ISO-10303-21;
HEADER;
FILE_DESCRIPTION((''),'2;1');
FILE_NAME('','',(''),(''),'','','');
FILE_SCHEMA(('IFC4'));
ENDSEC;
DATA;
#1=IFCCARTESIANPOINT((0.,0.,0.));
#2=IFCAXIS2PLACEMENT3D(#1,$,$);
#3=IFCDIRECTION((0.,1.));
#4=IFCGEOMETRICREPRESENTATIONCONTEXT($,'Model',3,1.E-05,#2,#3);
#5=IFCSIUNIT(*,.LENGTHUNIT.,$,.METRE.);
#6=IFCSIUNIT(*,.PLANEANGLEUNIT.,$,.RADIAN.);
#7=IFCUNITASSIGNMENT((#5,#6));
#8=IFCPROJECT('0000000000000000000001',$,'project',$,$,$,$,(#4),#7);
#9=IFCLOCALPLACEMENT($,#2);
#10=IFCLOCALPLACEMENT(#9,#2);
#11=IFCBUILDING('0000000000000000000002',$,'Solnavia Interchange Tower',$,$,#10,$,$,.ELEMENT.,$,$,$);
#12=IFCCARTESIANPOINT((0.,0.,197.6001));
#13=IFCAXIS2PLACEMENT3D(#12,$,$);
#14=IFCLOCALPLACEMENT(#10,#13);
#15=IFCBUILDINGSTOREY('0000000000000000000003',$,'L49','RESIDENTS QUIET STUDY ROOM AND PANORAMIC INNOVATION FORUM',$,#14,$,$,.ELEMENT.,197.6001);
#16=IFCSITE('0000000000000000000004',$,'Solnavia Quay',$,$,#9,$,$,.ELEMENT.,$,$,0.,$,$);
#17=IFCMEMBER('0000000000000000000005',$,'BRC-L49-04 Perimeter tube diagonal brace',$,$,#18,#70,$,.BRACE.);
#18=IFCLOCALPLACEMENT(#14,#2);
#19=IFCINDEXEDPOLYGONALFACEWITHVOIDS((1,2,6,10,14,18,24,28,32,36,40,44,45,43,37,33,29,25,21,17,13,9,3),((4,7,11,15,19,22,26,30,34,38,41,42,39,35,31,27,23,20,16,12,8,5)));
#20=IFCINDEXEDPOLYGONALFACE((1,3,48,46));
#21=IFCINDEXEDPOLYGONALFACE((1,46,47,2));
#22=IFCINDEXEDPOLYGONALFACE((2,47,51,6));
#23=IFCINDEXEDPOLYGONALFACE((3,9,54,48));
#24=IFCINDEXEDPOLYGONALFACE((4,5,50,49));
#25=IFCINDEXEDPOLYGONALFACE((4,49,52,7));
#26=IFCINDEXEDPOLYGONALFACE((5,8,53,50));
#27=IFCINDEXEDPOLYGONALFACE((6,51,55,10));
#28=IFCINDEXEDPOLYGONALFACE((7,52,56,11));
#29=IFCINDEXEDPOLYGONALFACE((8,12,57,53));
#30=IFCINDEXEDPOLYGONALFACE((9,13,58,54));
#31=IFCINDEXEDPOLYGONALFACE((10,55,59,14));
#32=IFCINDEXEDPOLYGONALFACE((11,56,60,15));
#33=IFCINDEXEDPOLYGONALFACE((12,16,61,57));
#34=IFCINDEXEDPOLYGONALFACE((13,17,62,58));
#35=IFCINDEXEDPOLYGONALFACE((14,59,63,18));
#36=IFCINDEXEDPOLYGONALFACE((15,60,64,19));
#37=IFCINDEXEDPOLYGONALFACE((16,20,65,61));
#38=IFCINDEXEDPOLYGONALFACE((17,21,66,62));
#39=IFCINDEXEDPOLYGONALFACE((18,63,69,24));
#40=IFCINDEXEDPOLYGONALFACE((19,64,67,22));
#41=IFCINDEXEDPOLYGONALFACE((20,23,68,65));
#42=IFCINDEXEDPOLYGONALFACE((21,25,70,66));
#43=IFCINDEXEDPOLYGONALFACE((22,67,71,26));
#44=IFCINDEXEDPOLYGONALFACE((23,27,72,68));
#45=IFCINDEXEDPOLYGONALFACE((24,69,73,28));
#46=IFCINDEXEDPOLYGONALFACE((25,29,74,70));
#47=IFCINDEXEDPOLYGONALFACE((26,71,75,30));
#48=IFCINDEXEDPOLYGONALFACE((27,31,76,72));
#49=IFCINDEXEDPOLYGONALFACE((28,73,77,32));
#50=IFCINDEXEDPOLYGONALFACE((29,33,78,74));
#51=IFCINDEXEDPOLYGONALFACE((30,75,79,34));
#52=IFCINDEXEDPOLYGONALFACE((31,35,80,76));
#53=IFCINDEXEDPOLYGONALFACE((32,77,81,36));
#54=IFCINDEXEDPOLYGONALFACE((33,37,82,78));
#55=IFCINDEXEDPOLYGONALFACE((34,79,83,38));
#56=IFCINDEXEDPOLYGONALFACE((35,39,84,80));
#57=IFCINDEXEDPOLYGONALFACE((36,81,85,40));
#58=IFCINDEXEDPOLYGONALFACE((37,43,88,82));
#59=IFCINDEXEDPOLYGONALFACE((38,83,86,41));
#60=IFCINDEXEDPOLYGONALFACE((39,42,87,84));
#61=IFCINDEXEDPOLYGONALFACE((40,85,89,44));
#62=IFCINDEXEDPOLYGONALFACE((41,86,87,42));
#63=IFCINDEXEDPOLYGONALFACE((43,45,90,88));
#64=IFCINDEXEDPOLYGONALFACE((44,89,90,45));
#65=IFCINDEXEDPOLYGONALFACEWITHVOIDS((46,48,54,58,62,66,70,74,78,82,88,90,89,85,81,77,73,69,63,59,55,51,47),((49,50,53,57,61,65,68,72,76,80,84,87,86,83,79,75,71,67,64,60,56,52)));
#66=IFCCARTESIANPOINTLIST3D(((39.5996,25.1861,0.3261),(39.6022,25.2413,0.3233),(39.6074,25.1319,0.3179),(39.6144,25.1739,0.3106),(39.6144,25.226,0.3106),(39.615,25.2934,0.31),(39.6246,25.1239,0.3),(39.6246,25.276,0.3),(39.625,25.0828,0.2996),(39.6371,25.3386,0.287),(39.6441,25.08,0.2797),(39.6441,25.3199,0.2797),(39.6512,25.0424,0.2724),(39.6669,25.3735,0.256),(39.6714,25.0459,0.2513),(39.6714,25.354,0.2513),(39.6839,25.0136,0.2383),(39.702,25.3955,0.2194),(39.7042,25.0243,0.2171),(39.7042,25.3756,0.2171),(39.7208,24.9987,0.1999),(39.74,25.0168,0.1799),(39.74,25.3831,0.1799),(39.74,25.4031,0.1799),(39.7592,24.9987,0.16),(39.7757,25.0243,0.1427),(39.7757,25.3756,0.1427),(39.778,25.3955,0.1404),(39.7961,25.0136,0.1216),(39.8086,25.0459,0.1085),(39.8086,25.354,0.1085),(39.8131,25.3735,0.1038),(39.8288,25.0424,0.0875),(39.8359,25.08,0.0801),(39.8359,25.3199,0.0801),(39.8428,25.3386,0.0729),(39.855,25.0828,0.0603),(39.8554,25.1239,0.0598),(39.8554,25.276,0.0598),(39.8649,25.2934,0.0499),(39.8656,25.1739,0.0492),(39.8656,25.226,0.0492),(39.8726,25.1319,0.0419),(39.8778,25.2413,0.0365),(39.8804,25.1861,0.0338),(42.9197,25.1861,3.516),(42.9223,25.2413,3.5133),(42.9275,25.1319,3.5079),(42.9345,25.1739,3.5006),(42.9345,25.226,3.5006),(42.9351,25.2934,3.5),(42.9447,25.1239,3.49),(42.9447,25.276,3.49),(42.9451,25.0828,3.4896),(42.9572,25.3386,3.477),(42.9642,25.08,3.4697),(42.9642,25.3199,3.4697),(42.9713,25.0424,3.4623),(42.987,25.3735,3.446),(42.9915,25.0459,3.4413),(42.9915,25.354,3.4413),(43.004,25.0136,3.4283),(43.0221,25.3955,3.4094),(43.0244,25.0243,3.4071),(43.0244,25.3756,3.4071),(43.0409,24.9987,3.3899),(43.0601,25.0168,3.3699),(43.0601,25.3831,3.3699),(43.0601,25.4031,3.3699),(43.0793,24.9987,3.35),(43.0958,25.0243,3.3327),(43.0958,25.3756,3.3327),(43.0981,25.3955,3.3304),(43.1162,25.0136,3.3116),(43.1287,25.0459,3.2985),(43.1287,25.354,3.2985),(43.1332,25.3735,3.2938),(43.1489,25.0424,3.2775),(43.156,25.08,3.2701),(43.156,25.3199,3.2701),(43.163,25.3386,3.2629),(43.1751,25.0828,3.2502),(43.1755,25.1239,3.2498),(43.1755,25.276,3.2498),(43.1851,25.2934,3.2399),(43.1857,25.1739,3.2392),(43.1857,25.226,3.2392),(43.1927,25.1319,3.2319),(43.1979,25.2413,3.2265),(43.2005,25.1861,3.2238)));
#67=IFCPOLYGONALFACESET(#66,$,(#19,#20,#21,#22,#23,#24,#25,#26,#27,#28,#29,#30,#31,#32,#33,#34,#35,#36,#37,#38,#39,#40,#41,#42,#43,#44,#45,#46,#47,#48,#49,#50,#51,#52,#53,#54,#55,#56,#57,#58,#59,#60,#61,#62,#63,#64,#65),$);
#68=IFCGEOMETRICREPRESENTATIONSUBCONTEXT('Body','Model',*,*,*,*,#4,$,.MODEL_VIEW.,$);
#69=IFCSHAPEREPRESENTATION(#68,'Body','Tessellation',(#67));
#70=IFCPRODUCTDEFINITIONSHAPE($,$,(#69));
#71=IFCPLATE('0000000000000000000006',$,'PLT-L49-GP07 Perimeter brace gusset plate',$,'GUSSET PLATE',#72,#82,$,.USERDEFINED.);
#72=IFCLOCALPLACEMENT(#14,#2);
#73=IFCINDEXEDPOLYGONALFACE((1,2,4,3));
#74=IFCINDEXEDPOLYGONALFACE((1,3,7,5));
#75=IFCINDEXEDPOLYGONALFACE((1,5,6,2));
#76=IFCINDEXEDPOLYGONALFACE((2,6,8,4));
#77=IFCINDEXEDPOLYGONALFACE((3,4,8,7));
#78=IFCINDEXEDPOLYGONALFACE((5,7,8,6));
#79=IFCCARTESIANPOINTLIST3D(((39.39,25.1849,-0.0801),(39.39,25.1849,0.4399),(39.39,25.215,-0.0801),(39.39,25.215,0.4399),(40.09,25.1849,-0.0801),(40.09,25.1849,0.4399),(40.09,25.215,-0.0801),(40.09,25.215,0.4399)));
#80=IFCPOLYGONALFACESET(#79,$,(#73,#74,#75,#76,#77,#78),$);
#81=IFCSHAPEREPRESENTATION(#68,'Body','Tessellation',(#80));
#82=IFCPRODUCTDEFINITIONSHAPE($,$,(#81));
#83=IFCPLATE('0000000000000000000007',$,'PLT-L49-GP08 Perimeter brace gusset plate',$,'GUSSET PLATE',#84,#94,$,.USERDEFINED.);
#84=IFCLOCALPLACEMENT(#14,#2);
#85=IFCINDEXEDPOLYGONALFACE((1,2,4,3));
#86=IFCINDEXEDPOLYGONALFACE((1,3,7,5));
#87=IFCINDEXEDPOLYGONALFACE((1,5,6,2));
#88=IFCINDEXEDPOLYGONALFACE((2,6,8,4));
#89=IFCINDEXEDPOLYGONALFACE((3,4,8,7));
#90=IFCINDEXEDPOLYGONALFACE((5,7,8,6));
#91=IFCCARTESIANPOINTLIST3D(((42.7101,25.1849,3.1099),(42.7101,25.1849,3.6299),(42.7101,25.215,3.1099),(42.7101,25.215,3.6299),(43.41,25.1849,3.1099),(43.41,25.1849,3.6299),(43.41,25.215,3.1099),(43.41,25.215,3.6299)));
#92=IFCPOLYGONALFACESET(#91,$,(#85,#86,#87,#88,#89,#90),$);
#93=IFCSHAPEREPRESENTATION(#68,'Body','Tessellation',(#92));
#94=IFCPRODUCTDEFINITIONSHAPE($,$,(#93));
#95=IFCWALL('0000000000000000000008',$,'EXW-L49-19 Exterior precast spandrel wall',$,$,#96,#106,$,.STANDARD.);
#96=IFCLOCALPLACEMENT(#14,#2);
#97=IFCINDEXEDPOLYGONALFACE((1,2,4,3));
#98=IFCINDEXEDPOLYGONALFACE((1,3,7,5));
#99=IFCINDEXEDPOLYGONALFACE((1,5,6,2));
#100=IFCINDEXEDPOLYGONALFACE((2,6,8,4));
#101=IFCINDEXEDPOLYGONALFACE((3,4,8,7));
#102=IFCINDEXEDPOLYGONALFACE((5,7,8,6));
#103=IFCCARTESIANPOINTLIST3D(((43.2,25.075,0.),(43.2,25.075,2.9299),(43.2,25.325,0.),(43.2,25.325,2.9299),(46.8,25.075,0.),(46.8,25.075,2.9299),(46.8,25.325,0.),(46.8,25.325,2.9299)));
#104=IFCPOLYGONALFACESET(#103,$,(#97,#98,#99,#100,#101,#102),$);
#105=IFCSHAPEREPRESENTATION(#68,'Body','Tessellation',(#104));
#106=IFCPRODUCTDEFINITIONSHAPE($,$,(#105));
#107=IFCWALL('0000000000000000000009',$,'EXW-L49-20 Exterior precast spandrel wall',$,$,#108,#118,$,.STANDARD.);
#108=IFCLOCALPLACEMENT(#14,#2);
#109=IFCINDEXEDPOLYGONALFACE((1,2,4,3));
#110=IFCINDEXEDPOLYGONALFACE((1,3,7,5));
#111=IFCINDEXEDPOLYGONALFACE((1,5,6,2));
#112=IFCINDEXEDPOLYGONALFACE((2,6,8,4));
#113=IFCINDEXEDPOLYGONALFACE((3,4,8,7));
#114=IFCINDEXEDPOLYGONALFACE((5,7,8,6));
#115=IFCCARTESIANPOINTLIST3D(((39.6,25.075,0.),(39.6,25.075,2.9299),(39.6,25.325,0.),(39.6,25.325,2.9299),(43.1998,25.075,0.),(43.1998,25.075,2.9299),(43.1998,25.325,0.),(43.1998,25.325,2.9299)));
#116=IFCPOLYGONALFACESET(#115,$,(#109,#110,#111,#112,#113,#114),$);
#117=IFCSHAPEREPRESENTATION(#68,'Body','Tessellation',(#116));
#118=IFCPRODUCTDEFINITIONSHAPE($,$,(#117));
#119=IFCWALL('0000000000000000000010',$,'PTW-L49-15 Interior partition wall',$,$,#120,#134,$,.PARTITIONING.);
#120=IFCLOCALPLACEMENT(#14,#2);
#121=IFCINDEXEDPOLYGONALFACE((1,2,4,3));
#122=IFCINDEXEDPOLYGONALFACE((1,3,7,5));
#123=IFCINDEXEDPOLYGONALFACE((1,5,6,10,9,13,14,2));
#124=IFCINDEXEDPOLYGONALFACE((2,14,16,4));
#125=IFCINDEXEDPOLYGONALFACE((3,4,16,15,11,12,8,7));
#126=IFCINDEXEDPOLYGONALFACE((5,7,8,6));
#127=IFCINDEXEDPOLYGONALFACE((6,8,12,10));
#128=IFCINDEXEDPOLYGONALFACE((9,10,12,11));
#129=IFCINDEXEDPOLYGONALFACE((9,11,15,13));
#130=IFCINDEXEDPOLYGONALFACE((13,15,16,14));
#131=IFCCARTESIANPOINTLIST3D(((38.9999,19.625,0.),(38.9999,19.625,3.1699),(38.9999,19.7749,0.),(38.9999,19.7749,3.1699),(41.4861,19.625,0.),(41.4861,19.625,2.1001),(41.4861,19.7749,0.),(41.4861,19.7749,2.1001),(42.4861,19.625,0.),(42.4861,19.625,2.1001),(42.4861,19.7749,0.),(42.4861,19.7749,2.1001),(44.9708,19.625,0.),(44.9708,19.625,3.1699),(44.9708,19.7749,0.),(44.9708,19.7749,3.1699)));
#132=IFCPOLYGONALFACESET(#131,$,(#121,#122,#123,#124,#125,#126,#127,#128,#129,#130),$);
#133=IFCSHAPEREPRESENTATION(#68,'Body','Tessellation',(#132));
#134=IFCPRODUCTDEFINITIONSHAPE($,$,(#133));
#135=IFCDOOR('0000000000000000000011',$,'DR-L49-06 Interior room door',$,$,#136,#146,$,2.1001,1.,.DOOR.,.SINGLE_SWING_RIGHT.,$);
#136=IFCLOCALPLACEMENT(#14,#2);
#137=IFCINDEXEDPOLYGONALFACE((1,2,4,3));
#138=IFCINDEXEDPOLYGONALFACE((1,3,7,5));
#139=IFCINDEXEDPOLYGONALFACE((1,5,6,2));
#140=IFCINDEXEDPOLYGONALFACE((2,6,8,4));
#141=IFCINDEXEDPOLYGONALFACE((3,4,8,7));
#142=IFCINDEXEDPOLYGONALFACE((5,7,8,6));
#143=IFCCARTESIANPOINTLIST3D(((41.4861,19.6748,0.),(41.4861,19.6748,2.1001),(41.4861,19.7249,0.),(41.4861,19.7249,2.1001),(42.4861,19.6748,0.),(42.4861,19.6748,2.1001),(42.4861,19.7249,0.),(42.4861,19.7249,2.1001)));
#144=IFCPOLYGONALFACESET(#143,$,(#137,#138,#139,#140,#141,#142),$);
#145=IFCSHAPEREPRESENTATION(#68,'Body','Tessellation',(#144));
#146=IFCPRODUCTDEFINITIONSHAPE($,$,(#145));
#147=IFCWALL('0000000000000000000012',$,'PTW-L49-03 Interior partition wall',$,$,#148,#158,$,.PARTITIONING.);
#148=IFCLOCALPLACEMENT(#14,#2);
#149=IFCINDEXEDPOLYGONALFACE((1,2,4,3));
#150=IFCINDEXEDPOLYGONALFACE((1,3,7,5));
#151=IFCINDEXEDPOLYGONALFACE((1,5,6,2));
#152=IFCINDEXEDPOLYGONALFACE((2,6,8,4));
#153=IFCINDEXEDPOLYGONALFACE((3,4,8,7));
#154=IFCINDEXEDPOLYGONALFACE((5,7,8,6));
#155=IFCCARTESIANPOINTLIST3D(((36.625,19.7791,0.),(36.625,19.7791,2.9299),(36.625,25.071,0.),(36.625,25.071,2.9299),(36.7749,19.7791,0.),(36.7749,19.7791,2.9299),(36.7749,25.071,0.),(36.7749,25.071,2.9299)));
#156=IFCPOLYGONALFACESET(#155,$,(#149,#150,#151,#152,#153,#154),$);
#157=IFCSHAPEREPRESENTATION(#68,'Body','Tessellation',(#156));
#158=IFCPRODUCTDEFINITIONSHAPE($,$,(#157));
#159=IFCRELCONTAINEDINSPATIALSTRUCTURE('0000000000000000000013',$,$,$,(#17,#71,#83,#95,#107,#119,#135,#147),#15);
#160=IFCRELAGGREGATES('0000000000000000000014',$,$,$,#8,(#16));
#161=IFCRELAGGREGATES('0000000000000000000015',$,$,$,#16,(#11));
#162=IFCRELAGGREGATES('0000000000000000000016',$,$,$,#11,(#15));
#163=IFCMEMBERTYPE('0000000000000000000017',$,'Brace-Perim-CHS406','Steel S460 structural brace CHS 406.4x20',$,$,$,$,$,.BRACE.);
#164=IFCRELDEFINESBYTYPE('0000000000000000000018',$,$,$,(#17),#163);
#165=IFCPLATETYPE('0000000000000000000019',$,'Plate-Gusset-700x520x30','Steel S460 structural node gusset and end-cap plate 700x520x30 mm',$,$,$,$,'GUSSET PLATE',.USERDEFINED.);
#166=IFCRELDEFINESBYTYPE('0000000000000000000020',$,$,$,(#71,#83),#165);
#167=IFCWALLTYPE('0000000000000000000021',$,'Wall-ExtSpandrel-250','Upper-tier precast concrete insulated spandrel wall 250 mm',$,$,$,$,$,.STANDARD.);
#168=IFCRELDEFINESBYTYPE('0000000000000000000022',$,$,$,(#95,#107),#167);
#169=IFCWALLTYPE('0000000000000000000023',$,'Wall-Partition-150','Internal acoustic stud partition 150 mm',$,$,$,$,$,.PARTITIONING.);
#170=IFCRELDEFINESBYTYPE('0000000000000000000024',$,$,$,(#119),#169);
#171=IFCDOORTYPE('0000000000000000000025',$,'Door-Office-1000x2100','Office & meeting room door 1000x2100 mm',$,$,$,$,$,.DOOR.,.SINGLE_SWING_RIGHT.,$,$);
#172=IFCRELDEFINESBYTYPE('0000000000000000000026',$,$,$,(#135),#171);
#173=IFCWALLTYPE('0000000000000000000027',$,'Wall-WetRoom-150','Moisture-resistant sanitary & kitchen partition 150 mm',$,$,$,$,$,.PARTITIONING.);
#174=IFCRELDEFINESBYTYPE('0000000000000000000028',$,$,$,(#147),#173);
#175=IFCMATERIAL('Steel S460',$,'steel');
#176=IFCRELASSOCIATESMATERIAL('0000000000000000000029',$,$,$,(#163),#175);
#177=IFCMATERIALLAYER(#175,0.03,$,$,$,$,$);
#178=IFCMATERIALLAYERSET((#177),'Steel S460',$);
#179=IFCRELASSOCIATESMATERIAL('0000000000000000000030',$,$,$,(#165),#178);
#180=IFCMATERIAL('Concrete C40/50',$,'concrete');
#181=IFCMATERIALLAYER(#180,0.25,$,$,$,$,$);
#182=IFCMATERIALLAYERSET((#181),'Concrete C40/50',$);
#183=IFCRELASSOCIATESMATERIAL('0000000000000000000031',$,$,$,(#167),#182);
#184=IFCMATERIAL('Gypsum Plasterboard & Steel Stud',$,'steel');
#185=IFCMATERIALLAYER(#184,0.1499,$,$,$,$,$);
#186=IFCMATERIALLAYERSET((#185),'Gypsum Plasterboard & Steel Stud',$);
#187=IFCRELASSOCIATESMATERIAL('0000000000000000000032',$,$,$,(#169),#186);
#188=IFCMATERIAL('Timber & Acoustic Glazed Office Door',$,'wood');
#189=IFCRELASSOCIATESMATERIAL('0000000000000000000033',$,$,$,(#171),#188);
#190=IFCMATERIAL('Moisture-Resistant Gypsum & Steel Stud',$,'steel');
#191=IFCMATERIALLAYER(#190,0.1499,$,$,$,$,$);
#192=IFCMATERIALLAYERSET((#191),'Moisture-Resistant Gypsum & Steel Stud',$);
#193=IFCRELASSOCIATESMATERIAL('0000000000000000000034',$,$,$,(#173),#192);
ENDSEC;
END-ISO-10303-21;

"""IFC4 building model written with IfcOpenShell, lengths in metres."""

from ifc_helpers import new_model, si_unit, direction, frame, frame_2d, origin, origin_2d, place, context, subcontext, project, spatial, rectangle, hollow_circle, extrude, material, layer, layer_set, material_profile, profile_set, type_object, element, fill, save


model = new_model("IFC4")

# Units and contexts
model_context = context("Model", 3, precision=1e-05, world=origin(), true_north=direction((0.0, 1.0)))
body_context = subcontext(model_context, "Body", "Model", "MODEL_VIEW")
ifc_project = project(units=[si_unit("LENGTHUNIT", "METRE"), si_unit("PLANEANGLEUNIT", "RADIAN")], contexts=[model_context])

# Site, building, storey
site_placement = place(None, origin())
site = spatial("IfcSite", under=ifc_project, at=site_placement, Name="Solnavia Quay", CompositionType="ELEMENT", RefElevation=0.0)
building_placement = place(site_placement, origin())
building = spatial("IfcBuilding", under=site, at=building_placement, Name="Solnavia Interchange Tower", CompositionType="ELEMENT")
storey_placement = place(building_placement, frame((0.0, 0.0, 197.6001)))
storey = spatial("IfcBuildingStorey", under=building, at=storey_placement, Name="L49", Description="RESIDENTS QUIET STUDY ROOM AND PANORAMIC INNOVATION FORUM", CompositionType="ELEMENT", Elevation=197.6001)

# Member
ifc_material_1 = material(Name="Steel S460", Category="steel")
ifc_material_profile_1 = material_profile(ifc_material_1, hollow_circle(Radius=0.2031, WallThickness=0.02, at=origin_2d()), Name="CHS 406.4x20")
ifc_profile_set_1 = profile_set([ifc_material_profile_1], Name="Steel S460")
member_type = type_object("IfcMemberType", Name="Brace-Perim-CHS406", Description="Steel S460 structural brace CHS 406.4x20", PredefinedType="BRACE", material=ifc_profile_set_1)
member_placement = place(storey_placement, frame((39.74, 25.2, 0.1799), z_axis=(0.721097, 0.0, 0.692834), x_axis=(0.0, 1.0, 0.0)))
element("IfcMember", 1, at=member_placement, inside=storey, type_object=member_type, Name="BRC-L49-04 Perimeter tube diagonal brace", PredefinedType="BRACE", context=body_context, shape_type="SweptSolid", body=[
    extrude(hollow_circle(Radius=0.2031, WallThickness=0.02, at=origin_2d()), origin(), (0.0, 0.0, 1.0), 4.6042),
])

# Plates
ifc_layer_1 = layer(ifc_material_1, 0.03)
ifc_layer_set_1 = layer_set([ifc_layer_1], Name="Steel S460")
plate_type = type_object("IfcPlateType", Name="Plate-Gusset-700x520x30", Description="Steel S460 structural node gusset and end-cap plate 700x520x30 mm", ElementType="GUSSET PLATE", PredefinedType="USERDEFINED", material=ifc_layer_set_1)
for number, where, z_axis, x_axis, name in (
    (2, (39.74, 25.2, -0.0801), (0.0, 0.0, 1.0), (1.0, 0.0, 0.0), "PLT-L49-GP07 Perimeter brace gusset plate"),
    (3, (43.0601, 25.2, 3.1099), (0.0, 0.0, 1.0), (1.0, 0.0, 0.0), "PLT-L49-GP08 Perimeter brace gusset plate"),
):
    element("IfcPlate", number, at=place(storey_placement, frame(where, z_axis=z_axis, x_axis=x_axis)), inside=storey, type_object=plate_type, Name=name, ObjectType="GUSSET PLATE", PredefinedType="USERDEFINED", context=body_context, shape_type="SweptSolid", body=[
        extrude(rectangle(XDim=0.7, YDim=0.03, at=origin_2d()), origin(), (0.0, 0.0, 1.0), 0.52),
    ])

# Walls
ifc_material_2 = material(Name="Concrete C40/50", Category="concrete")
ifc_layer_2 = layer(ifc_material_2, 0.25)
ifc_layer_set_2 = layer_set([ifc_layer_2], Name="Concrete C40/50")
wall_type_1 = type_object("IfcWallType", Name="Wall-ExtSpandrel-250", Description="Upper-tier precast concrete insulated spandrel wall 250 mm", PredefinedType="STANDARD", material=ifc_layer_set_2)
wall_1_placement = place(storey_placement, frame((43.2, 25.2, 0.0), z_axis=(0.0, 0.0, 1.0), x_axis=(1.0, 0.0, 0.0)))
element("IfcWall", 4, at=wall_1_placement, inside=storey, type_object=wall_type_1, Name="EXW-L49-19 Exterior precast spandrel wall", PredefinedType="STANDARD", context=body_context, shape_type="SweptSolid", body=[
    extrude(rectangle(XDim=3.6001, YDim=0.25, at=frame_2d((1.8, 0.0))), origin(), (0.0, 0.0, 1.0), 2.9299),
])
wall_2_placement = place(storey_placement, frame((39.6001, 25.2, 0.0), z_axis=(0.0, 0.0, 1.0), x_axis=(1.0, 0.0, 0.0)))
element("IfcWall", 5, at=wall_2_placement, inside=storey, type_object=wall_type_1, Name="EXW-L49-20 Exterior precast spandrel wall", PredefinedType="STANDARD", context=body_context, shape_type="SweptSolid", body=[
    extrude(rectangle(XDim=3.5999, YDim=0.25, at=frame_2d((1.7998, 0.0))), origin(), (0.0, 0.0, 1.0), 2.9299),
])

# Wall, opening, door
ifc_material_3 = material(Name="Gypsum Plasterboard & Steel Stud", Category="steel")
ifc_layer_3 = layer(ifc_material_3, 0.1499)
ifc_layer_set_3 = layer_set([ifc_layer_3], Name="Gypsum Plasterboard & Steel Stud")
wall_type_2 = type_object("IfcWallType", Name="Wall-Partition-150", Description="Internal acoustic stud partition 150 mm", PredefinedType="PARTITIONING", material=ifc_layer_set_3)
wall_3_placement = place(storey_placement, frame((39.0, 19.7, 0.0), z_axis=(0.0, 0.0, 1.0), x_axis=(1.0, 0.0, 0.0)))
wall_3 = element("IfcWall", 6, at=wall_3_placement, inside=storey, type_object=wall_type_2, Name="PTW-L49-15 Interior partition wall", PredefinedType="PARTITIONING", context=body_context, shape_type="SweptSolid", body=[
    extrude(rectangle(XDim=5.9709, YDim=0.1499, at=frame_2d((2.9854, 0.0))), origin(), (0.0, 0.0, 1.0), 3.1699),
])
opening_1_placement = place(wall_3_placement, frame((2.4861, 0.0, 0.0)))
opening_1 = element("IfcOpeningElement", 7, at=opening_1_placement, cuts=wall_3, PredefinedType="OPENING", context=body_context, shape_type="SweptSolid", body=[
    extrude(rectangle(XDim=1.0, YDim=2.1001, at=frame_2d((0.5, 1.05))), frame((0.0, 0.085, 0.0), z_axis=(0.0, -1.0, 0.0), x_axis=(1.0, 0.0, 0.0)), (0.0, 0.0, 1.0), 0.1699),
])
ifc_material_4 = material(Name="Timber & Acoustic Glazed Office Door", Category="wood")
door_type_1 = type_object("IfcDoorType", Name="Door-Office-1000x2100", Description="Office & meeting room door 1000x2100 mm", OperationType="SINGLE_SWING_RIGHT", PredefinedType="DOOR", material=ifc_material_4)
door_1_placement = place(opening_1_placement, origin())
door_1 = element("IfcDoor", 8, at=door_1_placement, inside=storey, type_object=door_type_1, Name="DR-L49-06 Interior room door", OperationType="SINGLE_SWING_RIGHT", OverallHeight=2.1001, OverallWidth=1.0, PredefinedType="DOOR", context=body_context, shape_type="SweptSolid", body=[
    extrude(rectangle(XDim=1.0, YDim=2.1001, at=frame_2d((0.5, 1.05))), frame((0.0, 0.0249, 0.0), z_axis=(0.0, -1.0, 0.0), x_axis=(1.0, 0.0, 0.0)), (0.0, 0.0, 1.0), 0.05),
])
fill(opening_1, door_1)

# Wall
ifc_material_5 = material(Name="Moisture-Resistant Gypsum & Steel Stud", Category="steel")
ifc_layer_4 = layer(ifc_material_5, 0.1499)
ifc_layer_set_4 = layer_set([ifc_layer_4], Name="Moisture-Resistant Gypsum & Steel Stud")
wall_type_3 = type_object("IfcWallType", Name="Wall-WetRoom-150", Description="Moisture-resistant sanitary & kitchen partition 150 mm", PredefinedType="PARTITIONING", material=ifc_layer_set_4)
wall_4_placement = place(storey_placement, frame((36.7, 19.7791, 0.0), z_axis=(0.0, 0.0, 1.0), x_axis=(0.0, 1.0, 0.0)))
element("IfcWall", 9, at=wall_4_placement, inside=storey, type_object=wall_type_3, Name="PTW-L49-03 Interior partition wall", PredefinedType="PARTITIONING", context=body_context, shape_type="SweptSolid", body=[
    extrude(rectangle(XDim=5.292, YDim=0.1499, at=frame_2d((2.646, 0.0))), origin(), (0.0, 0.0, 1.0), 2.9299),
])

save(model, "model.ifc")
